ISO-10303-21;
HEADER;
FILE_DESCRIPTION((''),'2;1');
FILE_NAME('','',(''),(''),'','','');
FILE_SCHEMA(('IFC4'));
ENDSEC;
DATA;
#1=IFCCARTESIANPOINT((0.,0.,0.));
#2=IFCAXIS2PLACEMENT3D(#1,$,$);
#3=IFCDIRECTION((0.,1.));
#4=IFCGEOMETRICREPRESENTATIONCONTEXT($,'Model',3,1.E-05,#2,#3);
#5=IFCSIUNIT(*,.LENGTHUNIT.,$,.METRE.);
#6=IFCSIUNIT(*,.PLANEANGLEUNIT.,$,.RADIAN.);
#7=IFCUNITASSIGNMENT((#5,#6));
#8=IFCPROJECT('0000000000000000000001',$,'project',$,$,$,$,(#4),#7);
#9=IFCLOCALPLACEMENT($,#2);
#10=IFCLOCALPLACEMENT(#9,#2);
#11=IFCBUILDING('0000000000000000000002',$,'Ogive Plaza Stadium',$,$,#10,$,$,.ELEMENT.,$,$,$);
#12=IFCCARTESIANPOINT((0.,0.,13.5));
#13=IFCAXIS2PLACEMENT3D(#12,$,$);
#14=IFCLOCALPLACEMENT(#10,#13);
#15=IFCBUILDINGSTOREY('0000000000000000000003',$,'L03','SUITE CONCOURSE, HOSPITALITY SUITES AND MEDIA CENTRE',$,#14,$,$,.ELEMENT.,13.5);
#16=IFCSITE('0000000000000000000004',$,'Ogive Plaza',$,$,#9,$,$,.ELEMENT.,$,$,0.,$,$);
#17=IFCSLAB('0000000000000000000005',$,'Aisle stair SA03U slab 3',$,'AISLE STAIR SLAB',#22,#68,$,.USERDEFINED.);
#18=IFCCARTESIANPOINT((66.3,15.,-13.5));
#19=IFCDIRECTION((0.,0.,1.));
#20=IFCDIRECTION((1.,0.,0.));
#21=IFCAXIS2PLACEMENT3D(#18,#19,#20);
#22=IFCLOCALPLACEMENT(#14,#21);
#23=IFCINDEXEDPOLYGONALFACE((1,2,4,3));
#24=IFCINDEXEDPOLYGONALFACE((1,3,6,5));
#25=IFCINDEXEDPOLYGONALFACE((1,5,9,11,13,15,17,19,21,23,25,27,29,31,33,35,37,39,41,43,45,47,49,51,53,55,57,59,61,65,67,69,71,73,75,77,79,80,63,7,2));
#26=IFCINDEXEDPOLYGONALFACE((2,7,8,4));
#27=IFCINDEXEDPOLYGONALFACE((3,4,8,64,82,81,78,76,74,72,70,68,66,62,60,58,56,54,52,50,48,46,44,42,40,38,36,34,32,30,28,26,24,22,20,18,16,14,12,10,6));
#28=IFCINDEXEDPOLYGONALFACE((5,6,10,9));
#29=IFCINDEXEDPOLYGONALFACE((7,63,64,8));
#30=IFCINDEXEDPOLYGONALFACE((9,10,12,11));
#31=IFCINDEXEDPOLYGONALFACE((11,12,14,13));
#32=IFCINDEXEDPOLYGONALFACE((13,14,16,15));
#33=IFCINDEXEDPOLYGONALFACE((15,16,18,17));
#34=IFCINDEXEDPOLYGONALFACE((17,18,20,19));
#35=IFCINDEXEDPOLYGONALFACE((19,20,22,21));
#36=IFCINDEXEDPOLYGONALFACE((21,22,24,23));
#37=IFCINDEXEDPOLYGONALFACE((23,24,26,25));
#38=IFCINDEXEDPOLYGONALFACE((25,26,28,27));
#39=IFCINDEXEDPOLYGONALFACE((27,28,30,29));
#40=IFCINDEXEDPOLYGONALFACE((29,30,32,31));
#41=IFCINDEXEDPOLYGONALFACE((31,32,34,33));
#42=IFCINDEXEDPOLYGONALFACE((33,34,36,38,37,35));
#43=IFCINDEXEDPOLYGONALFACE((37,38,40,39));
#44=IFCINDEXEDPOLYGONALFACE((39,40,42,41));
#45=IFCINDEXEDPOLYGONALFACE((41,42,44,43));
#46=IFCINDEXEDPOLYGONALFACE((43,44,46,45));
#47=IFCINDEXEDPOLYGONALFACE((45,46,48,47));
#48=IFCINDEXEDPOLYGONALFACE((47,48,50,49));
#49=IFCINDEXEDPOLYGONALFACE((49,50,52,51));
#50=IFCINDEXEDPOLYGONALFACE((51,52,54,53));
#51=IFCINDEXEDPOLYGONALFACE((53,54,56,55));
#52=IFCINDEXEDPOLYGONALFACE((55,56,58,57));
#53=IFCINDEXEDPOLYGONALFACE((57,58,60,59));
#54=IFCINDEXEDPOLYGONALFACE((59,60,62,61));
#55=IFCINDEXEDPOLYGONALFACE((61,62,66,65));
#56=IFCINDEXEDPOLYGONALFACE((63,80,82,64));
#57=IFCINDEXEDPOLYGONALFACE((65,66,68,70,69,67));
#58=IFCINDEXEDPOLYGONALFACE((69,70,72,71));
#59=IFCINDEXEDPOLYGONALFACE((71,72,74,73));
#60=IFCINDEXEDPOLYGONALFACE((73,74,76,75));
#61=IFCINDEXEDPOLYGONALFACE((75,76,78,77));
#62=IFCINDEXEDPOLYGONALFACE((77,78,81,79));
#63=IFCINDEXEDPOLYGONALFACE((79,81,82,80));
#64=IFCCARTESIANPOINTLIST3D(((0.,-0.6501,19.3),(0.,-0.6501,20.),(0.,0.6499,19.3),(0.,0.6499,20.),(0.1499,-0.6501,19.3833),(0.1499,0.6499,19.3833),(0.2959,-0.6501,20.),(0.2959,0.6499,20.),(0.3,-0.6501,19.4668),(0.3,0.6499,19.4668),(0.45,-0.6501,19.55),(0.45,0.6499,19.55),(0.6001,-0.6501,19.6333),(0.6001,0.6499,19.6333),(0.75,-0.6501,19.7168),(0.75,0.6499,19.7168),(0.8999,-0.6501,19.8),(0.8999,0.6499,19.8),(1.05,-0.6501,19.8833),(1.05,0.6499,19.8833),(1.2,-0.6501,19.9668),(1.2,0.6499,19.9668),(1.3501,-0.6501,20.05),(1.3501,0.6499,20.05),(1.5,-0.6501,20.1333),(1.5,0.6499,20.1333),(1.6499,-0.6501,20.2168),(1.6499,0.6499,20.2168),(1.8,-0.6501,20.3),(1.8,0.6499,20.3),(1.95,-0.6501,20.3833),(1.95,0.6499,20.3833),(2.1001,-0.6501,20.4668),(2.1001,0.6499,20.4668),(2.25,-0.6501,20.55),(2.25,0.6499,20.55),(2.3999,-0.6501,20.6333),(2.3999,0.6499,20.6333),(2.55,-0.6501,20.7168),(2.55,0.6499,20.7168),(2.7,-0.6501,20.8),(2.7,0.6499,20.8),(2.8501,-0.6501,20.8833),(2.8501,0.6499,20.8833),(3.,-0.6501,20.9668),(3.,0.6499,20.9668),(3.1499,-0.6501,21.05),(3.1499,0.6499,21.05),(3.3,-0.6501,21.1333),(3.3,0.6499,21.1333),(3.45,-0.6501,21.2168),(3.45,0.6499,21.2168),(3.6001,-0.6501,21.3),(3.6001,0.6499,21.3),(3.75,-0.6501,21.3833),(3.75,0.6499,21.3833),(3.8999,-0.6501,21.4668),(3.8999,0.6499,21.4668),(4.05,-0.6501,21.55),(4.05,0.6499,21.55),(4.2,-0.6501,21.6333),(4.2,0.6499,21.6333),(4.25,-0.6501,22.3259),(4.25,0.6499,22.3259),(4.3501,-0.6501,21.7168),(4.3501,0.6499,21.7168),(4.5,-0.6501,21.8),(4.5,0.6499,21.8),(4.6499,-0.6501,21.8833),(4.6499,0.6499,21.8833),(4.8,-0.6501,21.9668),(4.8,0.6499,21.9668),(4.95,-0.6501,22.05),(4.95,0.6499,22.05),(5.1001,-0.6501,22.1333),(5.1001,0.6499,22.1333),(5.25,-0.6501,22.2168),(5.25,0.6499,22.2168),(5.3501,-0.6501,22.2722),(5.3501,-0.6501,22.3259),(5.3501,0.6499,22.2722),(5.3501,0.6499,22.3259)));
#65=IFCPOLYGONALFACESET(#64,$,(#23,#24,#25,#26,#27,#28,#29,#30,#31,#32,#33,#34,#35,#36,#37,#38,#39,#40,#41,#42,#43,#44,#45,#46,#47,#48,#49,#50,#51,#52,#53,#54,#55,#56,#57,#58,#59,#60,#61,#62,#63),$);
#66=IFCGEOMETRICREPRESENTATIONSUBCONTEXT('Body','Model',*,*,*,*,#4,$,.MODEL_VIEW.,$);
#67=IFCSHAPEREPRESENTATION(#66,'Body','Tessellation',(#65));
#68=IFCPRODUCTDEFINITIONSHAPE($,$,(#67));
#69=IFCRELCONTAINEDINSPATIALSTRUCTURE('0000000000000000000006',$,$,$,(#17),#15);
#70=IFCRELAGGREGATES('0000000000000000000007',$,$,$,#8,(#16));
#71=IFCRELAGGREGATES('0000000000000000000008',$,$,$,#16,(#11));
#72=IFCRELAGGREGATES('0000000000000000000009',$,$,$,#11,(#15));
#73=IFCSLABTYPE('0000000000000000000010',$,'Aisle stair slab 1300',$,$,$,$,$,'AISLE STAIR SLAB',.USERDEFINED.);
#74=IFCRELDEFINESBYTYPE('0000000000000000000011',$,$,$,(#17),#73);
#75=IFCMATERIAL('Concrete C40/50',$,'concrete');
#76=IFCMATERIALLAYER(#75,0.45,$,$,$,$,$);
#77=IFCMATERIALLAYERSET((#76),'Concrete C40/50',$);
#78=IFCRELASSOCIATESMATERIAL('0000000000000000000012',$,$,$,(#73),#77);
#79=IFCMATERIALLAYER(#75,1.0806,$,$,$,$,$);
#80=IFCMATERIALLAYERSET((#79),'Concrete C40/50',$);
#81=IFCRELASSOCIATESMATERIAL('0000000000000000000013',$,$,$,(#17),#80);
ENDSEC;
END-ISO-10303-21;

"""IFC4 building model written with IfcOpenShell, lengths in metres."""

from ifc_helpers import new_model, si_unit, direction, frame, origin, place, context, subcontext, project, spatial, polyline, outline, extrude, material, layer, layer_set, type_object, element, save


model = new_model("IFC4")

# Units and contexts
model_context = context("Model", 3, precision=1e-05, world=origin(), true_north=direction((0.0, 1.0)))
body_context = subcontext(model_context, "Body", "Model", "MODEL_VIEW")
ifc_project = project(units=[si_unit("LENGTHUNIT", "METRE"), si_unit("PLANEANGLEUNIT", "RADIAN")], contexts=[model_context])

# Site, building, storey
site_placement = place(None, origin())
site = spatial("IfcSite", under=ifc_project, at=site_placement, Name="Ogive Plaza", CompositionType="ELEMENT", RefElevation=0.0)
building_placement = place(site_placement, origin())
building = spatial("IfcBuilding", under=site, at=building_placement, Name="Ogive Plaza Stadium", CompositionType="ELEMENT")
storey_placement = place(building_placement, frame((0.0, 0.0, 13.5)))
storey = spatial("IfcBuildingStorey", under=building, at=storey_placement, Name="L03", Description="SUITE CONCOURSE, HOSPITALITY SUITES AND MEDIA CENTRE", CompositionType="ELEMENT", Elevation=13.5)

# Slab
ifc_material_1 = material(Name="Concrete C40/50", Category="concrete")
ifc_layer_1 = layer(ifc_material_1, 1.0806)
ifc_layer_set_1 = layer_set([ifc_layer_1], Name="Concrete C40/50")
ifc_layer_2 = layer(ifc_material_1, 0.45)
ifc_layer_set_2 = layer_set([ifc_layer_2], Name="Concrete C40/50")
slab_type = type_object("IfcSlabType", Name="Aisle stair slab 1300", ElementType="AISLE STAIR SLAB", PredefinedType="USERDEFINED", material=ifc_layer_set_2)
slab_placement = place(storey_placement, frame((66.3, 15.0, -13.5), z_axis=(0.0, 0.0, 1.0), x_axis=(1.0, 0.0, 0.0)))
element("IfcSlab", 1, at=slab_placement, inside=storey, type_object=slab_type, material=ifc_layer_set_1, Name="Aisle stair SA03U slab 3", ObjectType="AISLE STAIR SLAB", PredefinedType="USERDEFINED", context=body_context, shape_type="SweptSolid", body=[
    extrude(outline(polyline([(0.0, 20.0), (0.2959, 20.0), (4.25, 22.3259), (5.3501, 22.3259), (5.3501, 22.2722), (5.25, 22.2168), (5.1001, 22.1333), (4.95, 22.05), (4.8, 21.9668), (4.6499, 21.8833), (4.5, 21.8), (4.3501, 21.7168), (4.2, 21.6333), (4.05, 21.55), (3.8999, 21.4668), (3.75, 21.3833), (3.6001, 21.3), (3.45, 21.2168), (3.3, 21.1333), (3.1499, 21.05), (3.0, 20.9668), (2.8501, 20.8833), (2.7, 20.8), (2.55, 20.7168), (2.3999, 20.6333), (2.25, 20.55), (2.1001, 20.4668), (1.95, 20.3833), (1.8, 20.3), (1.6499, 20.2168), (1.5, 20.1333), (1.3501, 20.05), (1.2, 19.9668), (1.05, 19.8833), (0.8999, 19.8), (0.75, 19.7168), (0.6001, 19.6333), (0.45, 19.55), (0.3, 19.4668), (0.1499, 19.3833), (0.0, 19.3), (0.0, 20.0)])), frame((0.0, 0.6499, 0.0), z_axis=(0.0, -1.0, 0.0), x_axis=(1.0, 0.0, 0.0)), (0.0, 0.0, 1.0), 1.3),
])

save(model, "model.ifc")
